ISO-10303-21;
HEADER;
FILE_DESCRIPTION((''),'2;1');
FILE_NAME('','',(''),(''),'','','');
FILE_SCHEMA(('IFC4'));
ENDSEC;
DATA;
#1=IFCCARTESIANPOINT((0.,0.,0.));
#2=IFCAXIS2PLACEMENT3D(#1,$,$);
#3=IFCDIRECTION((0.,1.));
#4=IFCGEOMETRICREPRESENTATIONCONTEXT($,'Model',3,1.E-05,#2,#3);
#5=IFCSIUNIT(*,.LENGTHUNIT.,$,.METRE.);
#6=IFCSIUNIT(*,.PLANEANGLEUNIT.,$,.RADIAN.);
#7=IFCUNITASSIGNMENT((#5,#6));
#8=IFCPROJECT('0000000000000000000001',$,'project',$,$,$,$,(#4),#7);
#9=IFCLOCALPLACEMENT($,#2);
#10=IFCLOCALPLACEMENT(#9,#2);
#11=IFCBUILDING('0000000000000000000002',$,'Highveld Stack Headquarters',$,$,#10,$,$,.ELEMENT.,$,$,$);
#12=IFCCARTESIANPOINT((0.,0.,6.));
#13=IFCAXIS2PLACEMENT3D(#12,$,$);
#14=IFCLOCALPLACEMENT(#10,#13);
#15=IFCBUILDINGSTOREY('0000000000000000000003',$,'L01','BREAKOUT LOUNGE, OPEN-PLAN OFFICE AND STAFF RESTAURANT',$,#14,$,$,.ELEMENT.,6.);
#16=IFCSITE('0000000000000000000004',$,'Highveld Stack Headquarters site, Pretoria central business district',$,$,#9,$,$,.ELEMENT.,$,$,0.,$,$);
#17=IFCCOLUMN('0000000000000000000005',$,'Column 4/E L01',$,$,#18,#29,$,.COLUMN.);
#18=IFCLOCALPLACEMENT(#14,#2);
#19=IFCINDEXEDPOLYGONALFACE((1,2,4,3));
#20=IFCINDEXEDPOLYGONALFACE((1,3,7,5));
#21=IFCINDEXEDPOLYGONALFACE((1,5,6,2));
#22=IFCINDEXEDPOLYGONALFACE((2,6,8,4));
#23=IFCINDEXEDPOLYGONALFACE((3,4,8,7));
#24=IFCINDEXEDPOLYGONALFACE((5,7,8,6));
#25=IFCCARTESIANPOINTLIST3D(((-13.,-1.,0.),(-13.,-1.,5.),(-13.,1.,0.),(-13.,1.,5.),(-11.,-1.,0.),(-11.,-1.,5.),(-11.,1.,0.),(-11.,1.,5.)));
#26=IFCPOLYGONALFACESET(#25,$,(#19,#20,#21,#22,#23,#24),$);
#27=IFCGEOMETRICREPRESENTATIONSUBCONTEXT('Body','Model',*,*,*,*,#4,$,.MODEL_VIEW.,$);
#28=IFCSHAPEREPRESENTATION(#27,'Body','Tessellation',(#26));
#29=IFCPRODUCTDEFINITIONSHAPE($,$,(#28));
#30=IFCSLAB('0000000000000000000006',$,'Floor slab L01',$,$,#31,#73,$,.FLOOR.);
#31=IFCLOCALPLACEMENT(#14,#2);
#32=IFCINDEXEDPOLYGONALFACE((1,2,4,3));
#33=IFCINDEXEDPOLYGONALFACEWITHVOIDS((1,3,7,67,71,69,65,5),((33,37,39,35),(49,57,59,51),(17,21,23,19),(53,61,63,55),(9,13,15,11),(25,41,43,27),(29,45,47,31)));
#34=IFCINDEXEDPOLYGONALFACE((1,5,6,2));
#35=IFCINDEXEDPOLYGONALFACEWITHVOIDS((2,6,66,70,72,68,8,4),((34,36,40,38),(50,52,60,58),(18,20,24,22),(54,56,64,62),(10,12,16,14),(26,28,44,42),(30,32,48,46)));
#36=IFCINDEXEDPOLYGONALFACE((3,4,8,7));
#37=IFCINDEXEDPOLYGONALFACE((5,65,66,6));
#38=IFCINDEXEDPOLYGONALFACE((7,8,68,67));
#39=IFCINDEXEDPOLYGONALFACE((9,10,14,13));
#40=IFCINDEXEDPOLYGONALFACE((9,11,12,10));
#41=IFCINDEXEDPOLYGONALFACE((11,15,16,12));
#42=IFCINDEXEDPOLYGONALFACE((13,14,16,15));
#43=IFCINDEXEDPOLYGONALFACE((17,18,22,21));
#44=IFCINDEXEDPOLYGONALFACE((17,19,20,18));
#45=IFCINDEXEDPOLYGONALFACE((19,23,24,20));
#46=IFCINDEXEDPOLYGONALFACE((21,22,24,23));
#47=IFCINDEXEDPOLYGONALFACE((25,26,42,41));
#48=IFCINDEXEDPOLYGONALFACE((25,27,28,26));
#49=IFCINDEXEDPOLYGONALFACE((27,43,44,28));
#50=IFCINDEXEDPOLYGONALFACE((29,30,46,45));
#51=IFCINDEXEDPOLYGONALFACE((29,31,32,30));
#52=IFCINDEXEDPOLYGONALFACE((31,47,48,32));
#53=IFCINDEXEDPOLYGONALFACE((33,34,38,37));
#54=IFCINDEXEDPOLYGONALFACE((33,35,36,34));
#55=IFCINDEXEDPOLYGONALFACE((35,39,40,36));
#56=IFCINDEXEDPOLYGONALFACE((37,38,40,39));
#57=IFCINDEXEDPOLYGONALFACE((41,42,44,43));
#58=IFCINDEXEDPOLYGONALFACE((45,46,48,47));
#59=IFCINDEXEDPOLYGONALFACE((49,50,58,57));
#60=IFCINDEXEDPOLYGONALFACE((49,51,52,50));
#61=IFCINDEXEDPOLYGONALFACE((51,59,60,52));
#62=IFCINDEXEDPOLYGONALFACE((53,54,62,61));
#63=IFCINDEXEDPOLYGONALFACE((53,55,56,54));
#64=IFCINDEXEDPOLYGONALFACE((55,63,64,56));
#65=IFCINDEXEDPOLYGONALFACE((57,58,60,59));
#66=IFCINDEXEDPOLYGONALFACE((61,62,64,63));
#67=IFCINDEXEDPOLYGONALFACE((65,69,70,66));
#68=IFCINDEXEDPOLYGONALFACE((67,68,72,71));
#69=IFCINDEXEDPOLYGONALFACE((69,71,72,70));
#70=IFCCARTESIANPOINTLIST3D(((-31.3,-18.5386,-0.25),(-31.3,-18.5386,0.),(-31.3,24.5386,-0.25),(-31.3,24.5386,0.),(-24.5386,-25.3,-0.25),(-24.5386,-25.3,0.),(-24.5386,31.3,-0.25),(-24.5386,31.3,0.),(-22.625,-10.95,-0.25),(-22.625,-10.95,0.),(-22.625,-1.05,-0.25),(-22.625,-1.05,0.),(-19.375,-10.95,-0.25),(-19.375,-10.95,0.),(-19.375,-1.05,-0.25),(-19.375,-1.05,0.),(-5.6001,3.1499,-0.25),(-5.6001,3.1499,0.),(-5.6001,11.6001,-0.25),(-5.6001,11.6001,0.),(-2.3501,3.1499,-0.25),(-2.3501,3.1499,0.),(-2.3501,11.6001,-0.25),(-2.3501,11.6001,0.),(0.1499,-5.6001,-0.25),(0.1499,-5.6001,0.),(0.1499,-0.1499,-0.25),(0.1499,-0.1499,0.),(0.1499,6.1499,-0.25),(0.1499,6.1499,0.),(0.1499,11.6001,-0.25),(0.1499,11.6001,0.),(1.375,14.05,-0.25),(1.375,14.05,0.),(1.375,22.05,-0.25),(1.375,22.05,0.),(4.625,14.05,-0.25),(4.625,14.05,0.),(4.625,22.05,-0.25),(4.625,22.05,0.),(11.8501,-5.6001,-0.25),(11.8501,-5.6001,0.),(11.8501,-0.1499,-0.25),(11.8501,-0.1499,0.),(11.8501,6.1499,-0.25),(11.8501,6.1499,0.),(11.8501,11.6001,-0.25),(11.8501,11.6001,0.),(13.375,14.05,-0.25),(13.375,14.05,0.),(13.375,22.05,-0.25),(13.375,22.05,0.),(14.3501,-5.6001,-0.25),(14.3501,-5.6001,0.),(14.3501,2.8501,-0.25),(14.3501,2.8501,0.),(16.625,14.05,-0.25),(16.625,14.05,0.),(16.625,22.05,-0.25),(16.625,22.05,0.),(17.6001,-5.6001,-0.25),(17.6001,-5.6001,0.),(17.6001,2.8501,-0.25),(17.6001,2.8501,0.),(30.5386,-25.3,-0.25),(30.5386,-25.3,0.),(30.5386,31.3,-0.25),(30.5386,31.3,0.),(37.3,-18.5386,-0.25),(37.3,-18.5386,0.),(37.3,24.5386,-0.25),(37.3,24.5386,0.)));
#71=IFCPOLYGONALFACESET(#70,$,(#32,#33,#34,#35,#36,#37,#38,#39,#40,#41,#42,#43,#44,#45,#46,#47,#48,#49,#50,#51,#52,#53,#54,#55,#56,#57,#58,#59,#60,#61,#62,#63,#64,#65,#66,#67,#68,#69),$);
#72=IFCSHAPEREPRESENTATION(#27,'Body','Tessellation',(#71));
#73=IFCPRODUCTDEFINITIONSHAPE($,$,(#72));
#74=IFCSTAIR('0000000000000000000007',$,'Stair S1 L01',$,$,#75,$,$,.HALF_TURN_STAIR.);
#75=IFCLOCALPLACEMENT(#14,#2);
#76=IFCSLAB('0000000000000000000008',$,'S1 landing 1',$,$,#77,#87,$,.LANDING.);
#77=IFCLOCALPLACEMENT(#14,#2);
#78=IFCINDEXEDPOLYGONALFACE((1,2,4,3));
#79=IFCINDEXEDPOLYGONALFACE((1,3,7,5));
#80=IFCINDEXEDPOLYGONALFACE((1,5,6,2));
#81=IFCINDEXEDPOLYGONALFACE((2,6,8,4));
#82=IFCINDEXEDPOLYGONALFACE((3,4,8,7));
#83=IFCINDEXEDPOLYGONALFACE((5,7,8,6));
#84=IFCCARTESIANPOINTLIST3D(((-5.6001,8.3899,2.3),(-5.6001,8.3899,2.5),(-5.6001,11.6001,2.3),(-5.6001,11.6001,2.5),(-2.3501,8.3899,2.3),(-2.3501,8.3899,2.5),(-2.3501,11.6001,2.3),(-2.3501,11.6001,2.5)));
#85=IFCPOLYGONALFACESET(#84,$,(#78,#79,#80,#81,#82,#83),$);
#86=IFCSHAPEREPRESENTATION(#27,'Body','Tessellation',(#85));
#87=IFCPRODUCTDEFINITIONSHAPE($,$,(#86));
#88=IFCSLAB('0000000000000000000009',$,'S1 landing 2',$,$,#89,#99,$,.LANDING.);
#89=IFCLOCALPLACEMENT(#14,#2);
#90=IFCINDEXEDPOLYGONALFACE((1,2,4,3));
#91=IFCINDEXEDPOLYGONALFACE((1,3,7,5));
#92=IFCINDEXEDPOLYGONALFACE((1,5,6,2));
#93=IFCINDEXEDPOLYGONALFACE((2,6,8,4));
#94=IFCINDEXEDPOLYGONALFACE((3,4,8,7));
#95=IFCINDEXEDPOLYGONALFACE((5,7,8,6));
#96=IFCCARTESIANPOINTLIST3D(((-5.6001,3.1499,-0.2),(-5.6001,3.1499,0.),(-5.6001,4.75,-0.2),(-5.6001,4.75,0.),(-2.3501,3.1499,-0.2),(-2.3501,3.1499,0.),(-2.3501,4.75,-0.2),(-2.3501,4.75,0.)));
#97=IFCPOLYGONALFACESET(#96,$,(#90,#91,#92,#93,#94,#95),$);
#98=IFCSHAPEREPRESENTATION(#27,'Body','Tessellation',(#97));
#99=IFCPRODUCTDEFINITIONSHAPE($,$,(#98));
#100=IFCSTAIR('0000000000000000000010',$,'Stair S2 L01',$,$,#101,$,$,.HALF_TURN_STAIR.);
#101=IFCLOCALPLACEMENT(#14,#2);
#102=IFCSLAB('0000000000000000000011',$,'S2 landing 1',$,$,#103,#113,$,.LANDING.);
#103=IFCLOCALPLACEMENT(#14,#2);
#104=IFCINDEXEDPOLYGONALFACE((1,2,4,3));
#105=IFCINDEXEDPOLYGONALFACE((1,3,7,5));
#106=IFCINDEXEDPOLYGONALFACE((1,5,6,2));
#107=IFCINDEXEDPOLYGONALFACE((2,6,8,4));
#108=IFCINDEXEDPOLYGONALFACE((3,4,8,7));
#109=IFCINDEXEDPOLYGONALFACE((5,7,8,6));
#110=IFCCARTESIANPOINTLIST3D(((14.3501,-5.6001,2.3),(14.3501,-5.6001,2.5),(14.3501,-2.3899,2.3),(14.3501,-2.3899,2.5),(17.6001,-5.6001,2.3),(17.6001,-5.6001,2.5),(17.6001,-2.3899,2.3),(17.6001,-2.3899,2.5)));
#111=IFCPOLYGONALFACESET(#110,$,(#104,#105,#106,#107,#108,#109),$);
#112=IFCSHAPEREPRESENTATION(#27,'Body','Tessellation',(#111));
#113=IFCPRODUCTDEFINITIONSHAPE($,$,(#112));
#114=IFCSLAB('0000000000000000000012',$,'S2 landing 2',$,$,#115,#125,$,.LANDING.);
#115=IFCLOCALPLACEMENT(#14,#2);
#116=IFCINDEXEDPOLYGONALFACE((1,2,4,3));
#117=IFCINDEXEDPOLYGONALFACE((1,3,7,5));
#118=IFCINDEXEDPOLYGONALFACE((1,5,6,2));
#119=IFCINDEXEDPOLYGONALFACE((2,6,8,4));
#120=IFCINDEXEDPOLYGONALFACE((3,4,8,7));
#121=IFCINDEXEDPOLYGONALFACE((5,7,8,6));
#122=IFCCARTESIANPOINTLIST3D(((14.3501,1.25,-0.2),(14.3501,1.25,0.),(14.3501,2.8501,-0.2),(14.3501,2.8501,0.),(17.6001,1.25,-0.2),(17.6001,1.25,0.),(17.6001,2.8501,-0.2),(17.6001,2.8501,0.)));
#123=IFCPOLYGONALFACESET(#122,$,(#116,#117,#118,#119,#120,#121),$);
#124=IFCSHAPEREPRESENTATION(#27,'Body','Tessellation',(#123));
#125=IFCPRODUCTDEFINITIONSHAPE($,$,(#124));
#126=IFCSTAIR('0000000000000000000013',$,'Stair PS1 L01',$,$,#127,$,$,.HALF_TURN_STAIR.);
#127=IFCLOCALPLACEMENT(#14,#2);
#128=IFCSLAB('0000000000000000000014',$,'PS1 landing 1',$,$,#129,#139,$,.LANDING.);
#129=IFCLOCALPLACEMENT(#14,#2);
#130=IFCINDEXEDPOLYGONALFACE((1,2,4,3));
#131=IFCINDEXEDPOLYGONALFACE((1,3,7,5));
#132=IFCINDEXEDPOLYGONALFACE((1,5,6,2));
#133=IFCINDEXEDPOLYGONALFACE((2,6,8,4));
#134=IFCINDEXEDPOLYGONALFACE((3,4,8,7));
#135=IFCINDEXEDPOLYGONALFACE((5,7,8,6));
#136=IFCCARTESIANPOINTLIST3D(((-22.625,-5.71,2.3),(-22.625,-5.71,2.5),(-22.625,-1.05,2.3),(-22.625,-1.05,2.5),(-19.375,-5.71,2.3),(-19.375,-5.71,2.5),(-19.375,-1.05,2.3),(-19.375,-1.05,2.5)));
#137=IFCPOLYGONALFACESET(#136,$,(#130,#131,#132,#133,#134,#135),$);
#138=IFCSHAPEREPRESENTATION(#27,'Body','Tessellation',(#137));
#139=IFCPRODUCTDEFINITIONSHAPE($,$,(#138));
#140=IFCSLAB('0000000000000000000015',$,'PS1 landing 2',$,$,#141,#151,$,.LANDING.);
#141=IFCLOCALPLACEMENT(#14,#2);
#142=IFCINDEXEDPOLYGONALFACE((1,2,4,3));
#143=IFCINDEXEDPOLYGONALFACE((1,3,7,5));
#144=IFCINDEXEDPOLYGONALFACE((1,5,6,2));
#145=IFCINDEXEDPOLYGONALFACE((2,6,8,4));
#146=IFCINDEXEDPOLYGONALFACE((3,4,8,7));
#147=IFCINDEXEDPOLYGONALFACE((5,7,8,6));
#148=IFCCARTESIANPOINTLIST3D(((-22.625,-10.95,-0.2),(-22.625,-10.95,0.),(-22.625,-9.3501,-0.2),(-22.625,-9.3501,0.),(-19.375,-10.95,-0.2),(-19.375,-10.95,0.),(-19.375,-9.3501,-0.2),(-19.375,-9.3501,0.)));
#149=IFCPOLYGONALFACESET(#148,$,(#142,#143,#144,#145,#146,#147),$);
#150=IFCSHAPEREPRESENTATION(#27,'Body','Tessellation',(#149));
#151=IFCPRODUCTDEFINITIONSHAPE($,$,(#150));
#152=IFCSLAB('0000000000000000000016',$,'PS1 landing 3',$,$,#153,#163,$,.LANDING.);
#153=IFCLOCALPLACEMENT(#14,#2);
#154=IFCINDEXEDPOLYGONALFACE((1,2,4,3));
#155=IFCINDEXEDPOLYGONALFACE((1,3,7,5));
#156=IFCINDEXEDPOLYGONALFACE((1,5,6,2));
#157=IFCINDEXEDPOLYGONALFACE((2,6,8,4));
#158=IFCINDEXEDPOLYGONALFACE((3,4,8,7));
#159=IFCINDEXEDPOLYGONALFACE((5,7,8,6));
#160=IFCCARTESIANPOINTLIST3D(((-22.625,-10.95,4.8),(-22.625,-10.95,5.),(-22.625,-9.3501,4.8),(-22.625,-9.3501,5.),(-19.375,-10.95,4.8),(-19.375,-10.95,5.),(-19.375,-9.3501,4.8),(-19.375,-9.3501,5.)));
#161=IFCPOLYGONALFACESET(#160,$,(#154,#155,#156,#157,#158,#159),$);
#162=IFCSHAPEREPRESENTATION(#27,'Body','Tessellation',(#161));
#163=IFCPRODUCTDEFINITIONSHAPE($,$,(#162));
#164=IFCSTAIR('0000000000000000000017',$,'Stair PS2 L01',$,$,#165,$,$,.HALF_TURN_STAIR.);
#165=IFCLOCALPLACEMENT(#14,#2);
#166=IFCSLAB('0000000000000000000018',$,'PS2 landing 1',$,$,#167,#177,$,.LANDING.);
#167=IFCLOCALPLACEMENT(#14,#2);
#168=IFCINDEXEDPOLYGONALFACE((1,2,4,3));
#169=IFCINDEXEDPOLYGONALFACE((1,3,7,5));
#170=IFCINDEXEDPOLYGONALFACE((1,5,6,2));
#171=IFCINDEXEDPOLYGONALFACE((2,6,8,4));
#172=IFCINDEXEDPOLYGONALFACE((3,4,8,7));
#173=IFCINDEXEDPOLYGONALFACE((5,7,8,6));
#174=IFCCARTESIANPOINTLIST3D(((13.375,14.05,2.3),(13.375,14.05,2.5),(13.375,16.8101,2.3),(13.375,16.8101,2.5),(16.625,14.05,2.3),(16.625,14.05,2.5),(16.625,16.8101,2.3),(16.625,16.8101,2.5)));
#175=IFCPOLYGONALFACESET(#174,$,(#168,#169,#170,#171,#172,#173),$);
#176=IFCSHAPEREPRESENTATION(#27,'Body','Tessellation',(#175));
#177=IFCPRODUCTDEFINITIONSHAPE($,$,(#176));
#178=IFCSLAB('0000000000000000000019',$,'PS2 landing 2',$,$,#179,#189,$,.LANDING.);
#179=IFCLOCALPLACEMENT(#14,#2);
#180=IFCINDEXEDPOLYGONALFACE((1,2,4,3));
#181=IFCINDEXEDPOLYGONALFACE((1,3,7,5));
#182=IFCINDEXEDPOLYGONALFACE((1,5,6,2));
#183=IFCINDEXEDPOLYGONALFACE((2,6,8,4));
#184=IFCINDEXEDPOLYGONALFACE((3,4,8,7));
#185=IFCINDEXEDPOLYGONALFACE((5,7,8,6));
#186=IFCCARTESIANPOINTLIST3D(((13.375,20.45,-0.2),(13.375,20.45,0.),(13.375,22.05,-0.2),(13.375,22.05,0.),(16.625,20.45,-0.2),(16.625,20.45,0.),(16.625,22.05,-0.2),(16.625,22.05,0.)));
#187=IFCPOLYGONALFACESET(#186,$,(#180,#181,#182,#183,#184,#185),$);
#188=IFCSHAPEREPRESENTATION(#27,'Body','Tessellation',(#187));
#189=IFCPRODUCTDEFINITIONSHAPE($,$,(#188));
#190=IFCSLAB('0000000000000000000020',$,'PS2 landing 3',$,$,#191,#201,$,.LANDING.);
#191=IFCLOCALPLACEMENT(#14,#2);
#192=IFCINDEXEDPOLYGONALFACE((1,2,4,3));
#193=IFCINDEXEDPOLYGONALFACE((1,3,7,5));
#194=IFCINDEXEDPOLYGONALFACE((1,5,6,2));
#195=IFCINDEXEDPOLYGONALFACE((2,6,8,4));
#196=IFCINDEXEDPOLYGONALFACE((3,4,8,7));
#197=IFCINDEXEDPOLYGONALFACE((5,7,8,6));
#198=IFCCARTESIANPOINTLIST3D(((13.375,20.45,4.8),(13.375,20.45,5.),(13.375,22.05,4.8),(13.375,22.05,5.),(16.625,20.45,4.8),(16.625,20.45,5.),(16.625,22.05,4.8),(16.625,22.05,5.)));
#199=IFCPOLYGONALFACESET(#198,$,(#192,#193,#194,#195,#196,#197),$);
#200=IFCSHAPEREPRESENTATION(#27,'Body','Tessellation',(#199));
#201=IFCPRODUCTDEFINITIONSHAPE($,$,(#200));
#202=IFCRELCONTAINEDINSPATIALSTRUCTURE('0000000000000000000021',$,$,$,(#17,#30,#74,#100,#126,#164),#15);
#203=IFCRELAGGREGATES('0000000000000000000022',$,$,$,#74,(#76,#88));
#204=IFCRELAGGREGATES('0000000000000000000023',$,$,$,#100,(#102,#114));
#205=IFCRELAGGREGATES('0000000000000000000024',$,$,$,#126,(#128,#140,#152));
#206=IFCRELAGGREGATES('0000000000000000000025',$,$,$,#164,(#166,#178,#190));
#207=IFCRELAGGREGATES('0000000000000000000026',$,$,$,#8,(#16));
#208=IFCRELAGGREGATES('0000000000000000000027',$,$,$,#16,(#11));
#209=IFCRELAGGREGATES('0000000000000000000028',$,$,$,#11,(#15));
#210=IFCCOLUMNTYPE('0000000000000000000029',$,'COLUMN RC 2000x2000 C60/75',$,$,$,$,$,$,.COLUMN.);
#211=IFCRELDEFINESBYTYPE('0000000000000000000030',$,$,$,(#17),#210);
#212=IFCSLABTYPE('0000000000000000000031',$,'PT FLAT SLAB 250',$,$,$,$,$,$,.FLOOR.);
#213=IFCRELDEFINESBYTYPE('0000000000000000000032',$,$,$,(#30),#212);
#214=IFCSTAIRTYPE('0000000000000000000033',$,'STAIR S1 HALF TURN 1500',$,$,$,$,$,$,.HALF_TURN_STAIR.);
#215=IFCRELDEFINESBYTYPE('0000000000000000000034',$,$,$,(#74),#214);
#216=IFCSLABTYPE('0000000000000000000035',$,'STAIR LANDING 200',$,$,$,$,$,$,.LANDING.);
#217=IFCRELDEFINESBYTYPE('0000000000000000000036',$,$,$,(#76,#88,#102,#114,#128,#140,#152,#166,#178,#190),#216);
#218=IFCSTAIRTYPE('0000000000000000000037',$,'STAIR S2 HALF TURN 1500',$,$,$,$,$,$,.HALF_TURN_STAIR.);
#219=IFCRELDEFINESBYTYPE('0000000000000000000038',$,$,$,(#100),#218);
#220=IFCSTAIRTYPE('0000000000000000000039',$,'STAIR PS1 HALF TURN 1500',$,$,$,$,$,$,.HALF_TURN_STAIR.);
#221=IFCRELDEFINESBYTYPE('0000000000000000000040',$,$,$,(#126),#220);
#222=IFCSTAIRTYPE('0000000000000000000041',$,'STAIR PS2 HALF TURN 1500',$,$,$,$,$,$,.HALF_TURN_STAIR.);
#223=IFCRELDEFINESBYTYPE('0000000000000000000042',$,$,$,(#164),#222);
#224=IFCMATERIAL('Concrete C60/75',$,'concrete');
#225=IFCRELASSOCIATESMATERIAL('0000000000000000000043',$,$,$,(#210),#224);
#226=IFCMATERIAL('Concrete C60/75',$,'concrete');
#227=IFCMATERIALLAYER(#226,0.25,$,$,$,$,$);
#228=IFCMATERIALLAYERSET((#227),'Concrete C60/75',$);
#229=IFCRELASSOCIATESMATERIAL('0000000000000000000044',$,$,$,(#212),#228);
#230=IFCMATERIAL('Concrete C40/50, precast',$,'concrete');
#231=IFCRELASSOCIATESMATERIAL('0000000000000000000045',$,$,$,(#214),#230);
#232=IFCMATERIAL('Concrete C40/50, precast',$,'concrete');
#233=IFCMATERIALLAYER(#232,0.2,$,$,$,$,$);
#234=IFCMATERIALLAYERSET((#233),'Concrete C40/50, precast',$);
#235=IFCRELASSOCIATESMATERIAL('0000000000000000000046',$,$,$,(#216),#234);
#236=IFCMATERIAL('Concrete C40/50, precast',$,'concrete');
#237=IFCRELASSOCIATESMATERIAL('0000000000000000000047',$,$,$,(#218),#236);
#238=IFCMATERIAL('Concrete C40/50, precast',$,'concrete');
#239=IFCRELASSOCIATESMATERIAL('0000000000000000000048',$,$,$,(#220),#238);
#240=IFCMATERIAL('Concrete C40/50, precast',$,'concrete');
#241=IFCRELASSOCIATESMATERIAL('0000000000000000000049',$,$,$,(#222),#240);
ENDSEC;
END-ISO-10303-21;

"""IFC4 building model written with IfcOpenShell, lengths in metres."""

from ifc_helpers import new_model, si_unit, direction, frame, origin, origin_2d, place, context, subcontext, project, spatial, polyline, rectangle, outline, extrude, material, layer, layer_set, material_profile, profile_set, type_object, element, aggregate, save


model = new_model("IFC4")

# Units and contexts
model_context = context("Model", 3, precision=1e-05, world=origin(), true_north=direction((0.0, 1.0)))
body_context = subcontext(model_context, "Body", "Model", "MODEL_VIEW")
ifc_project = project(units=[si_unit("LENGTHUNIT", "METRE"), si_unit("PLANEANGLEUNIT", "RADIAN")], contexts=[model_context])

# Site, building, storey
site_placement = place(None, origin())
site = spatial("IfcSite", under=ifc_project, at=site_placement, Name="Highveld Stack Headquarters site, Pretoria central business district", CompositionType="ELEMENT", RefElevation=0.0)
building_placement = place(site_placement, origin())
building = spatial("IfcBuilding", under=site, at=building_placement, Name="Highveld Stack Headquarters", CompositionType="ELEMENT")
storey_placement = place(building_placement, frame((0.0, 0.0, 6.0)))
storey = spatial("IfcBuildingStorey", under=building, at=storey_placement, Name="L01", Description="BREAKOUT LOUNGE, OPEN-PLAN OFFICE AND STAFF RESTAURANT", CompositionType="ELEMENT", Elevation=6.0)

# Column
ifc_material_1 = material(Name="Concrete C60/75", Category="concrete")
ifc_material_profile = material_profile(ifc_material_1, rectangle(XDim=2.0, YDim=2.0, at=origin_2d()), Name="RC 2000x2000")
ifc_profile_set = profile_set([ifc_material_profile], Name="Concrete C60/75")
column_type = type_object("IfcColumnType", Name="COLUMN RC 2000x2000 C60/75", PredefinedType="COLUMN", material=ifc_profile_set)
column_placement = place(storey_placement, frame((-12.0, 0.0, 0.0), z_axis=(0.0, 0.0, 1.0), x_axis=(1.0, 0.0, 0.0)))
element("IfcColumn", 1, at=column_placement, inside=storey, type_object=column_type, Name="Column 4/E L01", PredefinedType="COLUMN", context=body_context, shape_type="SweptSolid", body=[
    extrude(rectangle(XDim=2.0, YDim=2.0, at=origin_2d()), origin(), (0.0, 0.0, 1.0), 5.0),
])

# Slab
ifc_material_2 = material(Name="Concrete C60/75", Category="concrete")
ifc_layer_1 = layer(ifc_material_2, 0.25)
ifc_layer_set_1 = layer_set([ifc_layer_1], Name="Concrete C60/75")
slab_type_1 = type_object("IfcSlabType", Name="PT FLAT SLAB 250", PredefinedType="FLOOR", material=ifc_layer_set_1)
slab_1_placement = place(storey_placement, frame((0.0, 0.0, -0.25)))
element("IfcSlab", 2, at=slab_1_placement, inside=storey, type_object=slab_type_1, Name="Floor slab L01", PredefinedType="FLOOR", context=body_context, shape_type="SweptSolid", body=[
    extrude(outline(polyline([(-24.5386, -25.3), (30.5386, -25.3), (37.3, -18.5386), (37.3, 24.5386), (30.5386, 31.3), (-24.5386, 31.3), (-31.3, 24.5386), (-31.3, -18.5386), (-24.5386, -25.3)]), holes=[polyline([(0.1499, 6.1499), (11.8501, 6.1499), (11.8501, 11.6001), (0.1499, 11.6001), (0.1499, 6.1499)]), polyline([(0.1499, -5.6001), (11.8501, -5.6001), (11.8501, -0.1499), (0.1499, -0.1499), (0.1499, -5.6001)]), polyline([(-5.6001, 3.1499), (-2.3501, 3.1499), (-2.3501, 11.6001), (-5.6001, 11.6001), (-5.6001, 3.1499)]), polyline([(14.3501, -5.6001), (17.6001, -5.6001), (17.6001, 2.8501), (14.3501, 2.8501), (14.3501, -5.6001)]), polyline([(-22.625, -10.95), (-19.375, -10.95), (-19.375, -1.05), (-22.625, -1.05), (-22.625, -10.95)]), polyline([(13.375, 14.05), (16.625, 14.05), (16.625, 22.05), (13.375, 22.05), (13.375, 14.05)]), polyline([(1.375, 14.05), (4.625, 14.05), (4.625, 22.05), (1.375, 22.05), (1.375, 14.05)])]), origin(), (0.0, 0.0, 1.0), 0.25),
])

# Stairs, slabs
ifc_material_3 = material(Name="Concrete C40/50, precast", Category="concrete")
stair_type_1 = type_object("IfcStairType", Name="STAIR S1 HALF TURN 1500", PredefinedType="HALF_TURN_STAIR", material=ifc_material_3)
stair_1_placement = place(storey_placement, origin())
stair_1 = element("IfcStair", 3, at=stair_1_placement, inside=storey, type_object=stair_type_1, Name="Stair S1 L01", PredefinedType="HALF_TURN_STAIR")
ifc_material_4 = material(Name="Concrete C40/50, precast", Category="concrete")
ifc_layer_2 = layer(ifc_material_4, 0.2)
ifc_layer_set_2 = layer_set([ifc_layer_2], Name="Concrete C40/50, precast")
slab_type_2 = type_object("IfcSlabType", Name="STAIR LANDING 200", PredefinedType="LANDING", material=ifc_layer_set_2)
slab_2_placement = place(storey_placement, frame((0.0, 0.0, 2.3)))
slab_2 = element("IfcSlab", 4, at=slab_2_placement, type_object=slab_type_2, Name="S1 landing 1", PredefinedType="LANDING", context=body_context, shape_type="SweptSolid", body=[
    extrude(outline(polyline([(-5.6001, 8.3899), (-2.3501, 8.3899), (-2.3501, 11.6001), (-5.6001, 11.6001), (-5.6001, 8.3899)])), origin(), (0.0, 0.0, 1.0), 0.2),
])
slab_3_placement = place(storey_placement, frame((0.0, 0.0, -0.2)))
slab_3 = element("IfcSlab", 5, at=slab_3_placement, type_object=slab_type_2, Name="S1 landing 2", PredefinedType="LANDING", context=body_context, shape_type="SweptSolid", body=[
    extrude(outline(polyline([(-5.6001, 3.1499), (-2.3501, 3.1499), (-2.3501, 4.75), (-5.6001, 4.75), (-5.6001, 3.1499)])), origin(), (0.0, 0.0, 1.0), 0.2),
])
aggregate(stair_1, [slab_2, slab_3])
ifc_material_5 = material(Name="Concrete C40/50, precast", Category="concrete")
stair_type_2 = type_object("IfcStairType", Name="STAIR S2 HALF TURN 1500", PredefinedType="HALF_TURN_STAIR", material=ifc_material_5)
stair_2_placement = place(storey_placement, origin())
stair_2 = element("IfcStair", 6, at=stair_2_placement, inside=storey, type_object=stair_type_2, Name="Stair S2 L01", PredefinedType="HALF_TURN_STAIR")
slab_4_placement = place(storey_placement, frame((0.0, 0.0, 2.3)))
slab_4 = element("IfcSlab", 7, at=slab_4_placement, type_object=slab_type_2, Name="S2 landing 1", PredefinedType="LANDING", context=body_context, shape_type="SweptSolid", body=[
    extrude(outline(polyline([(14.3501, -5.6001), (17.6001, -5.6001), (17.6001, -2.3899), (14.3501, -2.3899), (14.3501, -5.6001)])), origin(), (0.0, 0.0, 1.0), 0.2),
])
slab_5_placement = place(storey_placement, frame((0.0, 0.0, -0.2)))
slab_5 = element("IfcSlab", 8, at=slab_5_placement, type_object=slab_type_2, Name="S2 landing 2", PredefinedType="LANDING", context=body_context, shape_type="SweptSolid", body=[
    extrude(outline(polyline([(14.3501, 1.25), (17.6001, 1.25), (17.6001, 2.8501), (14.3501, 2.8501), (14.3501, 1.25)])), origin(), (0.0, 0.0, 1.0), 0.2),
])
aggregate(stair_2, [slab_4, slab_5])
ifc_material_6 = material(Name="Concrete C40/50, precast", Category="concrete")
stair_type_3 = type_object("IfcStairType", Name="STAIR PS1 HALF TURN 1500", PredefinedType="HALF_TURN_STAIR", material=ifc_material_6)
stair_3_placement = place(storey_placement, origin())
stair_3 = element("IfcStair", 9, at=stair_3_placement, inside=storey, type_object=stair_type_3, Name="Stair PS1 L01", PredefinedType="HALF_TURN_STAIR")
slab_6_placement = place(storey_placement, frame((0.0, 0.0, 2.3)))
slab_6 = element("IfcSlab", 10, at=slab_6_placement, type_object=slab_type_2, Name="PS1 landing 1", PredefinedType="LANDING", context=body_context, shape_type="SweptSolid", body=[
    extrude(outline(polyline([(-22.625, -5.71), (-19.375, -5.71), (-19.375, -1.05), (-22.625, -1.05), (-22.625, -5.71)])), origin(), (0.0, 0.0, 1.0), 0.2),
])
slab_7_placement = place(storey_placement, frame((0.0, 0.0, -0.2)))
slab_7 = element("IfcSlab", 11, at=slab_7_placement, type_object=slab_type_2, Name="PS1 landing 2", PredefinedType="LANDING", context=body_context, shape_type="SweptSolid", body=[
    extrude(outline(polyline([(-22.625, -10.95), (-19.375, -10.95), (-19.375, -9.3501), (-22.625, -9.3501), (-22.625, -10.95)])), origin(), (0.0, 0.0, 1.0), 0.2),
])
slab_8_placement = place(storey_placement, frame((0.0, 0.0, 4.8)))
slab_8 = element("IfcSlab", 12, at=slab_8_placement, type_object=slab_type_2, Name="PS1 landing 3", PredefinedType="LANDING", context=body_context, shape_type="SweptSolid", body=[
    extrude(outline(polyline([(-22.625, -10.95), (-19.375, -10.95), (-19.375, -9.3501), (-22.625, -9.3501), (-22.625, -10.95)])), origin(), (0.0, 0.0, 1.0), 0.2),
])
aggregate(stair_3, [slab_6, slab_7, slab_8])
ifc_material_7 = material(Name="Concrete C40/50, precast", Category="concrete")
stair_type_4 = type_object("IfcStairType", Name="STAIR PS2 HALF TURN 1500", PredefinedType="HALF_TURN_STAIR", material=ifc_material_7)
stair_4_placement = place(storey_placement, origin())
stair_4 = element("IfcStair", 13, at=stair_4_placement, inside=storey, type_object=stair_type_4, Name="Stair PS2 L01", PredefinedType="HALF_TURN_STAIR")
slab_9_placement = place(storey_placement, frame((0.0, 0.0, 2.3)))
slab_9 = element("IfcSlab", 14, at=slab_9_placement, type_object=slab_type_2, Name="PS2 landing 1", PredefinedType="LANDING", context=body_context, shape_type="SweptSolid", body=[
    extrude(outline(polyline([(13.375, 14.05), (16.625, 14.05), (16.625, 16.8101), (13.375, 16.8101), (13.375, 14.05)])), origin(), (0.0, 0.0, 1.0), 0.2),
])
slab_10_placement = place(storey_placement, frame((0.0, 0.0, -0.2)))
slab_10 = element("IfcSlab", 15, at=slab_10_placement, type_object=slab_type_2, Name="PS2 landing 2", PredefinedType="LANDING", context=body_context, shape_type="SweptSolid", body=[
    extrude(outline(polyline([(13.375, 20.45), (16.625, 20.45), (16.625, 22.05), (13.375, 22.05), (13.375, 20.45)])), origin(), (0.0, 0.0, 1.0), 0.2),
])
slab_11_placement = place(storey_placement, frame((0.0, 0.0, 4.8)))
slab_11 = element("IfcSlab", 16, at=slab_11_placement, type_object=slab_type_2, Name="PS2 landing 3", PredefinedType="LANDING", context=body_context, shape_type="SweptSolid", body=[
    extrude(outline(polyline([(13.375, 20.45), (16.625, 20.45), (16.625, 22.05), (13.375, 22.05), (13.375, 20.45)])), origin(), (0.0, 0.0, 1.0), 0.2),
])
aggregate(stair_4, [slab_9, slab_10, slab_11])

save(model, "model.ifc")
